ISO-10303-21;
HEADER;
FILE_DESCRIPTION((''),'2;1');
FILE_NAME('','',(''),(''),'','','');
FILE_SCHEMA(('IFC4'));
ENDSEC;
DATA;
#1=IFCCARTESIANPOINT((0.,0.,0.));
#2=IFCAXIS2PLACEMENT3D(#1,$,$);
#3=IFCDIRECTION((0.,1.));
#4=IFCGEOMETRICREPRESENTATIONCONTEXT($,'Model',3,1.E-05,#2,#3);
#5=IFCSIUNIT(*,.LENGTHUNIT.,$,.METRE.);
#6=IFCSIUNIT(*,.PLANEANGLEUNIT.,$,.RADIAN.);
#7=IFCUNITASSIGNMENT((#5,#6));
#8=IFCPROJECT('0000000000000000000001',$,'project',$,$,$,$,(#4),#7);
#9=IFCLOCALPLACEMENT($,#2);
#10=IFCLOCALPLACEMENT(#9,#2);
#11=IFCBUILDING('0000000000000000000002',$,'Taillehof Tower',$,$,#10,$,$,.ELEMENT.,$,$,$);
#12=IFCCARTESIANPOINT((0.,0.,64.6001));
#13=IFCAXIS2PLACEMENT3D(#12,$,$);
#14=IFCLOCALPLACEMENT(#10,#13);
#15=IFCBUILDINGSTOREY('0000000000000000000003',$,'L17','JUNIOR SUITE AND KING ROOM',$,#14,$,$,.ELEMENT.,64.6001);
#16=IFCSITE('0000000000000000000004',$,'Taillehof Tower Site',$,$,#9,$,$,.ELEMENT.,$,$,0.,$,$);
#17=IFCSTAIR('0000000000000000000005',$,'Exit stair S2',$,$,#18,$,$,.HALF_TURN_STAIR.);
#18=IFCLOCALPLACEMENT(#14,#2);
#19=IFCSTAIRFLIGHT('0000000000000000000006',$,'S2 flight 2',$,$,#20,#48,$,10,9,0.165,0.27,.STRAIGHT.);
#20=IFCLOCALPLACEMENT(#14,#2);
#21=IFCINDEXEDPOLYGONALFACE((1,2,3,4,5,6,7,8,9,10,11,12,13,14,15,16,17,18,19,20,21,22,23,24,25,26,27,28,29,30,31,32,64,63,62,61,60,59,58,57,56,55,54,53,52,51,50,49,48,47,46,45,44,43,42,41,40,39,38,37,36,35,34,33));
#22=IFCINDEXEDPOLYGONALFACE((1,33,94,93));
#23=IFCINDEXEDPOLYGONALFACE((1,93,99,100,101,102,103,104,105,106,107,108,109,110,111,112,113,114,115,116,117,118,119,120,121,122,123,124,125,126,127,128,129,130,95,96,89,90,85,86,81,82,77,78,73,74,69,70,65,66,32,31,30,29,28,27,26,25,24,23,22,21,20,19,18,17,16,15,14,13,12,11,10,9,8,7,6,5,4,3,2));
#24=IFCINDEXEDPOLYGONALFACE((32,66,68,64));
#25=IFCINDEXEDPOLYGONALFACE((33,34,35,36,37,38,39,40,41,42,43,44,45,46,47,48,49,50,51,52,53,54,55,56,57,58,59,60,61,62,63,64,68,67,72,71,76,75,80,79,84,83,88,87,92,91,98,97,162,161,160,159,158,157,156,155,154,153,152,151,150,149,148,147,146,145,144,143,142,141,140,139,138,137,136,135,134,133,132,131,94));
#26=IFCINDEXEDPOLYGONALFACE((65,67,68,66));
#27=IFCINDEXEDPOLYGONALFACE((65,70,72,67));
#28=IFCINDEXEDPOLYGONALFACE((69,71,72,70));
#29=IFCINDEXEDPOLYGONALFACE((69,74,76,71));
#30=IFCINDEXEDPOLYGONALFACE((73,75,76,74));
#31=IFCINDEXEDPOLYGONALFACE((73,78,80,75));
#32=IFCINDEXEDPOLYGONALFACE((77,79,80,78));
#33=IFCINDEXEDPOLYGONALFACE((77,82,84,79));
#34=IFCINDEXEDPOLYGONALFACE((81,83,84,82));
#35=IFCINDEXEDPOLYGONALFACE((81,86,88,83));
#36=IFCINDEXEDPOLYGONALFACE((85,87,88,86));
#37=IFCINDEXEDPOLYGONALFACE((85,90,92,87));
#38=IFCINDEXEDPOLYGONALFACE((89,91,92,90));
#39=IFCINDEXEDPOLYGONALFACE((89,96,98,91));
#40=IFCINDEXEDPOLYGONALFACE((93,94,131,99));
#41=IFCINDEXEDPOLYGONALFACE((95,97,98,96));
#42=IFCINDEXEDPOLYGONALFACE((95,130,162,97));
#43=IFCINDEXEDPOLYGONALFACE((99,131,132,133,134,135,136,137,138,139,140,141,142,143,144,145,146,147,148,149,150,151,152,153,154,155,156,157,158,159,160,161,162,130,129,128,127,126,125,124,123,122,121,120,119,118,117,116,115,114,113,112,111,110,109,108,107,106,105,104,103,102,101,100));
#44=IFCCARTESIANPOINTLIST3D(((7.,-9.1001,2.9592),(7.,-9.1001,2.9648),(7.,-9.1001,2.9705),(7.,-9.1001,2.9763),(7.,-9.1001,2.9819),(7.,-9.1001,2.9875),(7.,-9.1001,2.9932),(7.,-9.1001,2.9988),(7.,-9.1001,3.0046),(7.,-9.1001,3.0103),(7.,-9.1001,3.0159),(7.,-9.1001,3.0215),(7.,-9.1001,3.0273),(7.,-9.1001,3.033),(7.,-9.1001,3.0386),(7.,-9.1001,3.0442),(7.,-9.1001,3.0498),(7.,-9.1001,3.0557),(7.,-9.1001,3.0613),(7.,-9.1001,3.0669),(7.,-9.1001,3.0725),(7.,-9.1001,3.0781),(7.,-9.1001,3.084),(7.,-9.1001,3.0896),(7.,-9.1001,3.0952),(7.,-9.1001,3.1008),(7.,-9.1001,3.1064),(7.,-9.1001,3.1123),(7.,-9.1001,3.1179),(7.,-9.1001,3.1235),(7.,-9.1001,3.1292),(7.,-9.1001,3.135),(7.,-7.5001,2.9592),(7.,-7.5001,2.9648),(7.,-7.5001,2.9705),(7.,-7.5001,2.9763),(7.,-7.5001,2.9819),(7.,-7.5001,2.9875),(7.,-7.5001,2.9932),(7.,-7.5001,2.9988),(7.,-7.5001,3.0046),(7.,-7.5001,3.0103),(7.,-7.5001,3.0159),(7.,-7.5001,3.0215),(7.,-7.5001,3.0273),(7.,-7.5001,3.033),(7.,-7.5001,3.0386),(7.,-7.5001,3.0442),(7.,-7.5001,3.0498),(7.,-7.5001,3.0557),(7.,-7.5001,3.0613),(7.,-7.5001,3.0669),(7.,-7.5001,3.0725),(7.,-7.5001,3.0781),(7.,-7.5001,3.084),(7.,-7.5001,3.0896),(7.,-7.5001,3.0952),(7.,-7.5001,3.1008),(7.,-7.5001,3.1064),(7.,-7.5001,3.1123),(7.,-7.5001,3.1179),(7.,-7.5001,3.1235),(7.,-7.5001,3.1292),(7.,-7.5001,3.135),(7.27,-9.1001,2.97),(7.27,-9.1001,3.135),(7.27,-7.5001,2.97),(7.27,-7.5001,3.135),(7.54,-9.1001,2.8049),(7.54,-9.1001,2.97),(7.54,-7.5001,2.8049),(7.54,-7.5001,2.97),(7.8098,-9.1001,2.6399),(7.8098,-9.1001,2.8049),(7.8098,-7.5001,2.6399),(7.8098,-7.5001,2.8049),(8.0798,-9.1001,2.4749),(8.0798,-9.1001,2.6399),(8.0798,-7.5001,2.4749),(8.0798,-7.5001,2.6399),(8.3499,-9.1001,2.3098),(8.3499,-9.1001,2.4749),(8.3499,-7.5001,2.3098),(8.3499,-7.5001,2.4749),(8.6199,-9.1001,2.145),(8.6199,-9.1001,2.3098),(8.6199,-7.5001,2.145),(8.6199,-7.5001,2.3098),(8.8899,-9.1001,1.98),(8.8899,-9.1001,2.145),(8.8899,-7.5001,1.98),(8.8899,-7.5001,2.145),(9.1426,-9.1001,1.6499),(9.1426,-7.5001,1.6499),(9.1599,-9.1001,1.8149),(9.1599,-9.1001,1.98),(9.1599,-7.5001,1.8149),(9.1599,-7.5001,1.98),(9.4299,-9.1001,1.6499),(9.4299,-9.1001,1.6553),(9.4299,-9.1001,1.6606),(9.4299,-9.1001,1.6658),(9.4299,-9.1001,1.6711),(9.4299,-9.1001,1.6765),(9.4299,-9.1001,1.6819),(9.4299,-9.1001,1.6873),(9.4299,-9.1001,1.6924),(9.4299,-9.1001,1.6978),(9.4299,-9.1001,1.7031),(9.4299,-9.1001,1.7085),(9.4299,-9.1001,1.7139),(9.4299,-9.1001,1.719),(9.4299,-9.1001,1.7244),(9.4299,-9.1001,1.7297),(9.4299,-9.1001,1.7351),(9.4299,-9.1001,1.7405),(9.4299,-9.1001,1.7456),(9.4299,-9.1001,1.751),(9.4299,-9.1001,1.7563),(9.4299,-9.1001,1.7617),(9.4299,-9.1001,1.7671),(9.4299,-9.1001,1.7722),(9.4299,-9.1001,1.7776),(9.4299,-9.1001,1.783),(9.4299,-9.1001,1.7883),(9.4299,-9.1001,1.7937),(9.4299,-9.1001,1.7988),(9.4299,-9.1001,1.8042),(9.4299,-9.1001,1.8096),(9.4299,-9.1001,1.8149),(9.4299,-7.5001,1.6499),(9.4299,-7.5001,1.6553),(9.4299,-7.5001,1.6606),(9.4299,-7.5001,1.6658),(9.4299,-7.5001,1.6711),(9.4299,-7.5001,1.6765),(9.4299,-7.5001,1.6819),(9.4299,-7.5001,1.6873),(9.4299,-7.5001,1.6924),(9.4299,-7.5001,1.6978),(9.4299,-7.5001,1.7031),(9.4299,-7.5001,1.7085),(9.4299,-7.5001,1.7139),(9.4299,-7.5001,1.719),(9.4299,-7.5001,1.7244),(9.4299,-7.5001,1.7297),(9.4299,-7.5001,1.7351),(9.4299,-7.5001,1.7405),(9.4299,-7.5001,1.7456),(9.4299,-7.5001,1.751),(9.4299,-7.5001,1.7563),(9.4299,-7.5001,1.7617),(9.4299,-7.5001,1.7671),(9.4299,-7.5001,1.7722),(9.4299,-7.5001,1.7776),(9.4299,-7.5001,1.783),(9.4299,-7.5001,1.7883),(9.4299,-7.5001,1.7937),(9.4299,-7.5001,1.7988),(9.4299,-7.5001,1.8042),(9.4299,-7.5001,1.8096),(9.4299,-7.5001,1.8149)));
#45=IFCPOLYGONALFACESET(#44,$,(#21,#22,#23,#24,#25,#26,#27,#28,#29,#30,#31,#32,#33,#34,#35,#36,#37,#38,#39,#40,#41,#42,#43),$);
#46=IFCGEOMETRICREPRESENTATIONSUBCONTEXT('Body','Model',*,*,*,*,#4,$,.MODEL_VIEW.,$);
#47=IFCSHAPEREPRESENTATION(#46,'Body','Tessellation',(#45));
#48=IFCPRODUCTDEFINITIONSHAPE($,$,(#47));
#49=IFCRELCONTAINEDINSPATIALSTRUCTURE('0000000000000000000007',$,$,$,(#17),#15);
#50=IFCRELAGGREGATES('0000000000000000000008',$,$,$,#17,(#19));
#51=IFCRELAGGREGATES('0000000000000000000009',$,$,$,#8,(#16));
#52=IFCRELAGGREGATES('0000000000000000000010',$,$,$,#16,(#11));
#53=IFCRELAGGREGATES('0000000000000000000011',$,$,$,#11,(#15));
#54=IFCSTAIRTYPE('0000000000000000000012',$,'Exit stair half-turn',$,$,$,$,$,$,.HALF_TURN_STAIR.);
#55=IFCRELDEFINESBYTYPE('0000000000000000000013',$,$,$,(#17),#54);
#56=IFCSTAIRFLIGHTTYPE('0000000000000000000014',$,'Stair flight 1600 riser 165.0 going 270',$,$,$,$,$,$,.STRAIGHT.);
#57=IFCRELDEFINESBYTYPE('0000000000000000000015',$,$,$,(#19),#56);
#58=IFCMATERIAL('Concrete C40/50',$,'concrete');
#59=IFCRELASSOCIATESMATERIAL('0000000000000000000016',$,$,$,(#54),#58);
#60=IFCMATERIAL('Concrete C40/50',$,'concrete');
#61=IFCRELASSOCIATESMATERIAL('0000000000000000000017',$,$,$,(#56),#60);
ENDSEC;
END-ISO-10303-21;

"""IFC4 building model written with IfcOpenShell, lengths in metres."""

from ifc_helpers import new_model, si_unit, direction, frame, origin, place, context, subcontext, project, spatial, polyline, outline, extrude, material, type_object, element, aggregate, save


model = new_model("IFC4")

# Units and contexts
model_context = context("Model", 3, precision=1e-05, world=origin(), true_north=direction((0.0, 1.0)))
body_context = subcontext(model_context, "Body", "Model", "MODEL_VIEW")
ifc_project = project(units=[si_unit("LENGTHUNIT", "METRE"), si_unit("PLANEANGLEUNIT", "RADIAN")], contexts=[model_context])

# Site, building, storey
site_placement = place(None, origin())
site = spatial("IfcSite", under=ifc_project, at=site_placement, Name="Taillehof Tower Site", CompositionType="ELEMENT", RefElevation=0.0)
building_placement = place(site_placement, origin())
building = spatial("IfcBuilding", under=site, at=building_placement, Name="Taillehof Tower", CompositionType="ELEMENT")
storey_placement = place(building_placement, frame((0.0, 0.0, 64.6001)))
storey = spatial("IfcBuildingStorey", under=building, at=storey_placement, Name="L17", Description="JUNIOR SUITE AND KING ROOM", CompositionType="ELEMENT", Elevation=64.6001)

# Stair, stair flight
ifc_material_1 = material(Name="Concrete C40/50", Category="concrete")
stair_type = type_object("IfcStairType", Name="Exit stair half-turn", PredefinedType="HALF_TURN_STAIR", material=ifc_material_1)
stair_placement = place(storey_placement, origin())
stair = element("IfcStair", 1, at=stair_placement, inside=storey, type_object=stair_type, Name="Exit stair S2", PredefinedType="HALF_TURN_STAIR")
ifc_material_2 = material(Name="Concrete C40/50", Category="concrete")
stair_flight_type = type_object("IfcStairFlightType", Name="Stair flight 1600 riser 165.0 going 270", PredefinedType="STRAIGHT", material=ifc_material_2)
stair_flight_placement = place(storey_placement, frame((9.4299, -8.3, 1.6499), z_axis=(0.0, 0.0, 1.0), x_axis=(-1.0, 0.0, 0.0)))
stair_flight = element("IfcStairFlight", 2, at=stair_flight_placement, type_object=stair_flight_type, Name="S2 flight 2", NumberOfRisers=10, NumberOfTreads=9, PredefinedType="STRAIGHT", RiserHeight=0.165, TreadLength=0.27, context=body_context, shape_type="SweptSolid", body=[
    extrude(outline(polyline([(0.0, 0.0), (0.0, 0.0054), (0.0, 0.0107), (0.0, 0.0159), (0.0, 0.0212), (0.0, 0.0266), (0.0, 0.032), (0.0, 0.0374), (0.0, 0.0425), (0.0, 0.0479), (0.0, 0.0532), (0.0, 0.0586), (0.0, 0.064), (0.0, 0.0691), (0.0, 0.0745), (0.0, 0.0798), (0.0, 0.0852), (0.0, 0.0906), (0.0, 0.0957), (0.0, 0.1011), (0.0, 0.1064), (0.0, 0.1118), (0.0, 0.1172), (0.0, 0.1223), (0.0, 0.1277), (0.0, 0.1331), (0.0, 0.1384), (0.0, 0.1438), (0.0, 0.1489), (0.0, 0.1543), (0.0, 0.1597), (0.0, 0.165), (0.27, 0.165), (0.27, 0.3301), (0.54, 0.3301), (0.54, 0.4951), (0.8101, 0.4951), (0.8101, 0.6599), (1.0801, 0.6599), (1.0801, 0.825), (1.3501, 0.825), (1.3501, 0.99), (1.6201, 0.99), (1.6201, 1.155), (1.8899, 1.155), (1.8899, 1.3201), (2.1599, 1.3201), (2.1599, 1.4851), (2.4299, 1.4851), (2.4299, 1.4792), (2.4299, 1.4736), (2.4299, 1.468), (2.4299, 1.4624), (2.4299, 1.4565), (2.4299, 1.4509), (2.4299, 1.4453), (2.4299, 1.4397), (2.4299, 1.4341), (2.4299, 1.4282), (2.4299, 1.4226), (2.4299, 1.417), (2.4299, 1.4114), (2.4299, 1.4058), (2.4299, 1.3999), (2.4299, 1.3943), (2.4299, 1.3887), (2.4299, 1.3831), (2.4299, 1.3774), (2.4299, 1.3716), (2.4299, 1.366), (2.4299, 1.3604), (2.4299, 1.3547), (2.4299, 1.3489), (2.4299, 1.3433), (2.4299, 1.3376), (2.4299, 1.332), (2.4299, 1.3264), (2.4299, 1.3206), (2.4299, 1.3149), (2.4299, 1.3093), (0.2874, 0.0), (0.0, 0.0)])), frame((0.0, 0.8, 0.0), z_axis=(0.0, -1.0, 0.0), x_axis=(1.0, 0.0, 0.0)), (0.0, 0.0, 1.0), 1.6),
])
aggregate(stair, [stair_flight])

save(model, "model.ifc")
